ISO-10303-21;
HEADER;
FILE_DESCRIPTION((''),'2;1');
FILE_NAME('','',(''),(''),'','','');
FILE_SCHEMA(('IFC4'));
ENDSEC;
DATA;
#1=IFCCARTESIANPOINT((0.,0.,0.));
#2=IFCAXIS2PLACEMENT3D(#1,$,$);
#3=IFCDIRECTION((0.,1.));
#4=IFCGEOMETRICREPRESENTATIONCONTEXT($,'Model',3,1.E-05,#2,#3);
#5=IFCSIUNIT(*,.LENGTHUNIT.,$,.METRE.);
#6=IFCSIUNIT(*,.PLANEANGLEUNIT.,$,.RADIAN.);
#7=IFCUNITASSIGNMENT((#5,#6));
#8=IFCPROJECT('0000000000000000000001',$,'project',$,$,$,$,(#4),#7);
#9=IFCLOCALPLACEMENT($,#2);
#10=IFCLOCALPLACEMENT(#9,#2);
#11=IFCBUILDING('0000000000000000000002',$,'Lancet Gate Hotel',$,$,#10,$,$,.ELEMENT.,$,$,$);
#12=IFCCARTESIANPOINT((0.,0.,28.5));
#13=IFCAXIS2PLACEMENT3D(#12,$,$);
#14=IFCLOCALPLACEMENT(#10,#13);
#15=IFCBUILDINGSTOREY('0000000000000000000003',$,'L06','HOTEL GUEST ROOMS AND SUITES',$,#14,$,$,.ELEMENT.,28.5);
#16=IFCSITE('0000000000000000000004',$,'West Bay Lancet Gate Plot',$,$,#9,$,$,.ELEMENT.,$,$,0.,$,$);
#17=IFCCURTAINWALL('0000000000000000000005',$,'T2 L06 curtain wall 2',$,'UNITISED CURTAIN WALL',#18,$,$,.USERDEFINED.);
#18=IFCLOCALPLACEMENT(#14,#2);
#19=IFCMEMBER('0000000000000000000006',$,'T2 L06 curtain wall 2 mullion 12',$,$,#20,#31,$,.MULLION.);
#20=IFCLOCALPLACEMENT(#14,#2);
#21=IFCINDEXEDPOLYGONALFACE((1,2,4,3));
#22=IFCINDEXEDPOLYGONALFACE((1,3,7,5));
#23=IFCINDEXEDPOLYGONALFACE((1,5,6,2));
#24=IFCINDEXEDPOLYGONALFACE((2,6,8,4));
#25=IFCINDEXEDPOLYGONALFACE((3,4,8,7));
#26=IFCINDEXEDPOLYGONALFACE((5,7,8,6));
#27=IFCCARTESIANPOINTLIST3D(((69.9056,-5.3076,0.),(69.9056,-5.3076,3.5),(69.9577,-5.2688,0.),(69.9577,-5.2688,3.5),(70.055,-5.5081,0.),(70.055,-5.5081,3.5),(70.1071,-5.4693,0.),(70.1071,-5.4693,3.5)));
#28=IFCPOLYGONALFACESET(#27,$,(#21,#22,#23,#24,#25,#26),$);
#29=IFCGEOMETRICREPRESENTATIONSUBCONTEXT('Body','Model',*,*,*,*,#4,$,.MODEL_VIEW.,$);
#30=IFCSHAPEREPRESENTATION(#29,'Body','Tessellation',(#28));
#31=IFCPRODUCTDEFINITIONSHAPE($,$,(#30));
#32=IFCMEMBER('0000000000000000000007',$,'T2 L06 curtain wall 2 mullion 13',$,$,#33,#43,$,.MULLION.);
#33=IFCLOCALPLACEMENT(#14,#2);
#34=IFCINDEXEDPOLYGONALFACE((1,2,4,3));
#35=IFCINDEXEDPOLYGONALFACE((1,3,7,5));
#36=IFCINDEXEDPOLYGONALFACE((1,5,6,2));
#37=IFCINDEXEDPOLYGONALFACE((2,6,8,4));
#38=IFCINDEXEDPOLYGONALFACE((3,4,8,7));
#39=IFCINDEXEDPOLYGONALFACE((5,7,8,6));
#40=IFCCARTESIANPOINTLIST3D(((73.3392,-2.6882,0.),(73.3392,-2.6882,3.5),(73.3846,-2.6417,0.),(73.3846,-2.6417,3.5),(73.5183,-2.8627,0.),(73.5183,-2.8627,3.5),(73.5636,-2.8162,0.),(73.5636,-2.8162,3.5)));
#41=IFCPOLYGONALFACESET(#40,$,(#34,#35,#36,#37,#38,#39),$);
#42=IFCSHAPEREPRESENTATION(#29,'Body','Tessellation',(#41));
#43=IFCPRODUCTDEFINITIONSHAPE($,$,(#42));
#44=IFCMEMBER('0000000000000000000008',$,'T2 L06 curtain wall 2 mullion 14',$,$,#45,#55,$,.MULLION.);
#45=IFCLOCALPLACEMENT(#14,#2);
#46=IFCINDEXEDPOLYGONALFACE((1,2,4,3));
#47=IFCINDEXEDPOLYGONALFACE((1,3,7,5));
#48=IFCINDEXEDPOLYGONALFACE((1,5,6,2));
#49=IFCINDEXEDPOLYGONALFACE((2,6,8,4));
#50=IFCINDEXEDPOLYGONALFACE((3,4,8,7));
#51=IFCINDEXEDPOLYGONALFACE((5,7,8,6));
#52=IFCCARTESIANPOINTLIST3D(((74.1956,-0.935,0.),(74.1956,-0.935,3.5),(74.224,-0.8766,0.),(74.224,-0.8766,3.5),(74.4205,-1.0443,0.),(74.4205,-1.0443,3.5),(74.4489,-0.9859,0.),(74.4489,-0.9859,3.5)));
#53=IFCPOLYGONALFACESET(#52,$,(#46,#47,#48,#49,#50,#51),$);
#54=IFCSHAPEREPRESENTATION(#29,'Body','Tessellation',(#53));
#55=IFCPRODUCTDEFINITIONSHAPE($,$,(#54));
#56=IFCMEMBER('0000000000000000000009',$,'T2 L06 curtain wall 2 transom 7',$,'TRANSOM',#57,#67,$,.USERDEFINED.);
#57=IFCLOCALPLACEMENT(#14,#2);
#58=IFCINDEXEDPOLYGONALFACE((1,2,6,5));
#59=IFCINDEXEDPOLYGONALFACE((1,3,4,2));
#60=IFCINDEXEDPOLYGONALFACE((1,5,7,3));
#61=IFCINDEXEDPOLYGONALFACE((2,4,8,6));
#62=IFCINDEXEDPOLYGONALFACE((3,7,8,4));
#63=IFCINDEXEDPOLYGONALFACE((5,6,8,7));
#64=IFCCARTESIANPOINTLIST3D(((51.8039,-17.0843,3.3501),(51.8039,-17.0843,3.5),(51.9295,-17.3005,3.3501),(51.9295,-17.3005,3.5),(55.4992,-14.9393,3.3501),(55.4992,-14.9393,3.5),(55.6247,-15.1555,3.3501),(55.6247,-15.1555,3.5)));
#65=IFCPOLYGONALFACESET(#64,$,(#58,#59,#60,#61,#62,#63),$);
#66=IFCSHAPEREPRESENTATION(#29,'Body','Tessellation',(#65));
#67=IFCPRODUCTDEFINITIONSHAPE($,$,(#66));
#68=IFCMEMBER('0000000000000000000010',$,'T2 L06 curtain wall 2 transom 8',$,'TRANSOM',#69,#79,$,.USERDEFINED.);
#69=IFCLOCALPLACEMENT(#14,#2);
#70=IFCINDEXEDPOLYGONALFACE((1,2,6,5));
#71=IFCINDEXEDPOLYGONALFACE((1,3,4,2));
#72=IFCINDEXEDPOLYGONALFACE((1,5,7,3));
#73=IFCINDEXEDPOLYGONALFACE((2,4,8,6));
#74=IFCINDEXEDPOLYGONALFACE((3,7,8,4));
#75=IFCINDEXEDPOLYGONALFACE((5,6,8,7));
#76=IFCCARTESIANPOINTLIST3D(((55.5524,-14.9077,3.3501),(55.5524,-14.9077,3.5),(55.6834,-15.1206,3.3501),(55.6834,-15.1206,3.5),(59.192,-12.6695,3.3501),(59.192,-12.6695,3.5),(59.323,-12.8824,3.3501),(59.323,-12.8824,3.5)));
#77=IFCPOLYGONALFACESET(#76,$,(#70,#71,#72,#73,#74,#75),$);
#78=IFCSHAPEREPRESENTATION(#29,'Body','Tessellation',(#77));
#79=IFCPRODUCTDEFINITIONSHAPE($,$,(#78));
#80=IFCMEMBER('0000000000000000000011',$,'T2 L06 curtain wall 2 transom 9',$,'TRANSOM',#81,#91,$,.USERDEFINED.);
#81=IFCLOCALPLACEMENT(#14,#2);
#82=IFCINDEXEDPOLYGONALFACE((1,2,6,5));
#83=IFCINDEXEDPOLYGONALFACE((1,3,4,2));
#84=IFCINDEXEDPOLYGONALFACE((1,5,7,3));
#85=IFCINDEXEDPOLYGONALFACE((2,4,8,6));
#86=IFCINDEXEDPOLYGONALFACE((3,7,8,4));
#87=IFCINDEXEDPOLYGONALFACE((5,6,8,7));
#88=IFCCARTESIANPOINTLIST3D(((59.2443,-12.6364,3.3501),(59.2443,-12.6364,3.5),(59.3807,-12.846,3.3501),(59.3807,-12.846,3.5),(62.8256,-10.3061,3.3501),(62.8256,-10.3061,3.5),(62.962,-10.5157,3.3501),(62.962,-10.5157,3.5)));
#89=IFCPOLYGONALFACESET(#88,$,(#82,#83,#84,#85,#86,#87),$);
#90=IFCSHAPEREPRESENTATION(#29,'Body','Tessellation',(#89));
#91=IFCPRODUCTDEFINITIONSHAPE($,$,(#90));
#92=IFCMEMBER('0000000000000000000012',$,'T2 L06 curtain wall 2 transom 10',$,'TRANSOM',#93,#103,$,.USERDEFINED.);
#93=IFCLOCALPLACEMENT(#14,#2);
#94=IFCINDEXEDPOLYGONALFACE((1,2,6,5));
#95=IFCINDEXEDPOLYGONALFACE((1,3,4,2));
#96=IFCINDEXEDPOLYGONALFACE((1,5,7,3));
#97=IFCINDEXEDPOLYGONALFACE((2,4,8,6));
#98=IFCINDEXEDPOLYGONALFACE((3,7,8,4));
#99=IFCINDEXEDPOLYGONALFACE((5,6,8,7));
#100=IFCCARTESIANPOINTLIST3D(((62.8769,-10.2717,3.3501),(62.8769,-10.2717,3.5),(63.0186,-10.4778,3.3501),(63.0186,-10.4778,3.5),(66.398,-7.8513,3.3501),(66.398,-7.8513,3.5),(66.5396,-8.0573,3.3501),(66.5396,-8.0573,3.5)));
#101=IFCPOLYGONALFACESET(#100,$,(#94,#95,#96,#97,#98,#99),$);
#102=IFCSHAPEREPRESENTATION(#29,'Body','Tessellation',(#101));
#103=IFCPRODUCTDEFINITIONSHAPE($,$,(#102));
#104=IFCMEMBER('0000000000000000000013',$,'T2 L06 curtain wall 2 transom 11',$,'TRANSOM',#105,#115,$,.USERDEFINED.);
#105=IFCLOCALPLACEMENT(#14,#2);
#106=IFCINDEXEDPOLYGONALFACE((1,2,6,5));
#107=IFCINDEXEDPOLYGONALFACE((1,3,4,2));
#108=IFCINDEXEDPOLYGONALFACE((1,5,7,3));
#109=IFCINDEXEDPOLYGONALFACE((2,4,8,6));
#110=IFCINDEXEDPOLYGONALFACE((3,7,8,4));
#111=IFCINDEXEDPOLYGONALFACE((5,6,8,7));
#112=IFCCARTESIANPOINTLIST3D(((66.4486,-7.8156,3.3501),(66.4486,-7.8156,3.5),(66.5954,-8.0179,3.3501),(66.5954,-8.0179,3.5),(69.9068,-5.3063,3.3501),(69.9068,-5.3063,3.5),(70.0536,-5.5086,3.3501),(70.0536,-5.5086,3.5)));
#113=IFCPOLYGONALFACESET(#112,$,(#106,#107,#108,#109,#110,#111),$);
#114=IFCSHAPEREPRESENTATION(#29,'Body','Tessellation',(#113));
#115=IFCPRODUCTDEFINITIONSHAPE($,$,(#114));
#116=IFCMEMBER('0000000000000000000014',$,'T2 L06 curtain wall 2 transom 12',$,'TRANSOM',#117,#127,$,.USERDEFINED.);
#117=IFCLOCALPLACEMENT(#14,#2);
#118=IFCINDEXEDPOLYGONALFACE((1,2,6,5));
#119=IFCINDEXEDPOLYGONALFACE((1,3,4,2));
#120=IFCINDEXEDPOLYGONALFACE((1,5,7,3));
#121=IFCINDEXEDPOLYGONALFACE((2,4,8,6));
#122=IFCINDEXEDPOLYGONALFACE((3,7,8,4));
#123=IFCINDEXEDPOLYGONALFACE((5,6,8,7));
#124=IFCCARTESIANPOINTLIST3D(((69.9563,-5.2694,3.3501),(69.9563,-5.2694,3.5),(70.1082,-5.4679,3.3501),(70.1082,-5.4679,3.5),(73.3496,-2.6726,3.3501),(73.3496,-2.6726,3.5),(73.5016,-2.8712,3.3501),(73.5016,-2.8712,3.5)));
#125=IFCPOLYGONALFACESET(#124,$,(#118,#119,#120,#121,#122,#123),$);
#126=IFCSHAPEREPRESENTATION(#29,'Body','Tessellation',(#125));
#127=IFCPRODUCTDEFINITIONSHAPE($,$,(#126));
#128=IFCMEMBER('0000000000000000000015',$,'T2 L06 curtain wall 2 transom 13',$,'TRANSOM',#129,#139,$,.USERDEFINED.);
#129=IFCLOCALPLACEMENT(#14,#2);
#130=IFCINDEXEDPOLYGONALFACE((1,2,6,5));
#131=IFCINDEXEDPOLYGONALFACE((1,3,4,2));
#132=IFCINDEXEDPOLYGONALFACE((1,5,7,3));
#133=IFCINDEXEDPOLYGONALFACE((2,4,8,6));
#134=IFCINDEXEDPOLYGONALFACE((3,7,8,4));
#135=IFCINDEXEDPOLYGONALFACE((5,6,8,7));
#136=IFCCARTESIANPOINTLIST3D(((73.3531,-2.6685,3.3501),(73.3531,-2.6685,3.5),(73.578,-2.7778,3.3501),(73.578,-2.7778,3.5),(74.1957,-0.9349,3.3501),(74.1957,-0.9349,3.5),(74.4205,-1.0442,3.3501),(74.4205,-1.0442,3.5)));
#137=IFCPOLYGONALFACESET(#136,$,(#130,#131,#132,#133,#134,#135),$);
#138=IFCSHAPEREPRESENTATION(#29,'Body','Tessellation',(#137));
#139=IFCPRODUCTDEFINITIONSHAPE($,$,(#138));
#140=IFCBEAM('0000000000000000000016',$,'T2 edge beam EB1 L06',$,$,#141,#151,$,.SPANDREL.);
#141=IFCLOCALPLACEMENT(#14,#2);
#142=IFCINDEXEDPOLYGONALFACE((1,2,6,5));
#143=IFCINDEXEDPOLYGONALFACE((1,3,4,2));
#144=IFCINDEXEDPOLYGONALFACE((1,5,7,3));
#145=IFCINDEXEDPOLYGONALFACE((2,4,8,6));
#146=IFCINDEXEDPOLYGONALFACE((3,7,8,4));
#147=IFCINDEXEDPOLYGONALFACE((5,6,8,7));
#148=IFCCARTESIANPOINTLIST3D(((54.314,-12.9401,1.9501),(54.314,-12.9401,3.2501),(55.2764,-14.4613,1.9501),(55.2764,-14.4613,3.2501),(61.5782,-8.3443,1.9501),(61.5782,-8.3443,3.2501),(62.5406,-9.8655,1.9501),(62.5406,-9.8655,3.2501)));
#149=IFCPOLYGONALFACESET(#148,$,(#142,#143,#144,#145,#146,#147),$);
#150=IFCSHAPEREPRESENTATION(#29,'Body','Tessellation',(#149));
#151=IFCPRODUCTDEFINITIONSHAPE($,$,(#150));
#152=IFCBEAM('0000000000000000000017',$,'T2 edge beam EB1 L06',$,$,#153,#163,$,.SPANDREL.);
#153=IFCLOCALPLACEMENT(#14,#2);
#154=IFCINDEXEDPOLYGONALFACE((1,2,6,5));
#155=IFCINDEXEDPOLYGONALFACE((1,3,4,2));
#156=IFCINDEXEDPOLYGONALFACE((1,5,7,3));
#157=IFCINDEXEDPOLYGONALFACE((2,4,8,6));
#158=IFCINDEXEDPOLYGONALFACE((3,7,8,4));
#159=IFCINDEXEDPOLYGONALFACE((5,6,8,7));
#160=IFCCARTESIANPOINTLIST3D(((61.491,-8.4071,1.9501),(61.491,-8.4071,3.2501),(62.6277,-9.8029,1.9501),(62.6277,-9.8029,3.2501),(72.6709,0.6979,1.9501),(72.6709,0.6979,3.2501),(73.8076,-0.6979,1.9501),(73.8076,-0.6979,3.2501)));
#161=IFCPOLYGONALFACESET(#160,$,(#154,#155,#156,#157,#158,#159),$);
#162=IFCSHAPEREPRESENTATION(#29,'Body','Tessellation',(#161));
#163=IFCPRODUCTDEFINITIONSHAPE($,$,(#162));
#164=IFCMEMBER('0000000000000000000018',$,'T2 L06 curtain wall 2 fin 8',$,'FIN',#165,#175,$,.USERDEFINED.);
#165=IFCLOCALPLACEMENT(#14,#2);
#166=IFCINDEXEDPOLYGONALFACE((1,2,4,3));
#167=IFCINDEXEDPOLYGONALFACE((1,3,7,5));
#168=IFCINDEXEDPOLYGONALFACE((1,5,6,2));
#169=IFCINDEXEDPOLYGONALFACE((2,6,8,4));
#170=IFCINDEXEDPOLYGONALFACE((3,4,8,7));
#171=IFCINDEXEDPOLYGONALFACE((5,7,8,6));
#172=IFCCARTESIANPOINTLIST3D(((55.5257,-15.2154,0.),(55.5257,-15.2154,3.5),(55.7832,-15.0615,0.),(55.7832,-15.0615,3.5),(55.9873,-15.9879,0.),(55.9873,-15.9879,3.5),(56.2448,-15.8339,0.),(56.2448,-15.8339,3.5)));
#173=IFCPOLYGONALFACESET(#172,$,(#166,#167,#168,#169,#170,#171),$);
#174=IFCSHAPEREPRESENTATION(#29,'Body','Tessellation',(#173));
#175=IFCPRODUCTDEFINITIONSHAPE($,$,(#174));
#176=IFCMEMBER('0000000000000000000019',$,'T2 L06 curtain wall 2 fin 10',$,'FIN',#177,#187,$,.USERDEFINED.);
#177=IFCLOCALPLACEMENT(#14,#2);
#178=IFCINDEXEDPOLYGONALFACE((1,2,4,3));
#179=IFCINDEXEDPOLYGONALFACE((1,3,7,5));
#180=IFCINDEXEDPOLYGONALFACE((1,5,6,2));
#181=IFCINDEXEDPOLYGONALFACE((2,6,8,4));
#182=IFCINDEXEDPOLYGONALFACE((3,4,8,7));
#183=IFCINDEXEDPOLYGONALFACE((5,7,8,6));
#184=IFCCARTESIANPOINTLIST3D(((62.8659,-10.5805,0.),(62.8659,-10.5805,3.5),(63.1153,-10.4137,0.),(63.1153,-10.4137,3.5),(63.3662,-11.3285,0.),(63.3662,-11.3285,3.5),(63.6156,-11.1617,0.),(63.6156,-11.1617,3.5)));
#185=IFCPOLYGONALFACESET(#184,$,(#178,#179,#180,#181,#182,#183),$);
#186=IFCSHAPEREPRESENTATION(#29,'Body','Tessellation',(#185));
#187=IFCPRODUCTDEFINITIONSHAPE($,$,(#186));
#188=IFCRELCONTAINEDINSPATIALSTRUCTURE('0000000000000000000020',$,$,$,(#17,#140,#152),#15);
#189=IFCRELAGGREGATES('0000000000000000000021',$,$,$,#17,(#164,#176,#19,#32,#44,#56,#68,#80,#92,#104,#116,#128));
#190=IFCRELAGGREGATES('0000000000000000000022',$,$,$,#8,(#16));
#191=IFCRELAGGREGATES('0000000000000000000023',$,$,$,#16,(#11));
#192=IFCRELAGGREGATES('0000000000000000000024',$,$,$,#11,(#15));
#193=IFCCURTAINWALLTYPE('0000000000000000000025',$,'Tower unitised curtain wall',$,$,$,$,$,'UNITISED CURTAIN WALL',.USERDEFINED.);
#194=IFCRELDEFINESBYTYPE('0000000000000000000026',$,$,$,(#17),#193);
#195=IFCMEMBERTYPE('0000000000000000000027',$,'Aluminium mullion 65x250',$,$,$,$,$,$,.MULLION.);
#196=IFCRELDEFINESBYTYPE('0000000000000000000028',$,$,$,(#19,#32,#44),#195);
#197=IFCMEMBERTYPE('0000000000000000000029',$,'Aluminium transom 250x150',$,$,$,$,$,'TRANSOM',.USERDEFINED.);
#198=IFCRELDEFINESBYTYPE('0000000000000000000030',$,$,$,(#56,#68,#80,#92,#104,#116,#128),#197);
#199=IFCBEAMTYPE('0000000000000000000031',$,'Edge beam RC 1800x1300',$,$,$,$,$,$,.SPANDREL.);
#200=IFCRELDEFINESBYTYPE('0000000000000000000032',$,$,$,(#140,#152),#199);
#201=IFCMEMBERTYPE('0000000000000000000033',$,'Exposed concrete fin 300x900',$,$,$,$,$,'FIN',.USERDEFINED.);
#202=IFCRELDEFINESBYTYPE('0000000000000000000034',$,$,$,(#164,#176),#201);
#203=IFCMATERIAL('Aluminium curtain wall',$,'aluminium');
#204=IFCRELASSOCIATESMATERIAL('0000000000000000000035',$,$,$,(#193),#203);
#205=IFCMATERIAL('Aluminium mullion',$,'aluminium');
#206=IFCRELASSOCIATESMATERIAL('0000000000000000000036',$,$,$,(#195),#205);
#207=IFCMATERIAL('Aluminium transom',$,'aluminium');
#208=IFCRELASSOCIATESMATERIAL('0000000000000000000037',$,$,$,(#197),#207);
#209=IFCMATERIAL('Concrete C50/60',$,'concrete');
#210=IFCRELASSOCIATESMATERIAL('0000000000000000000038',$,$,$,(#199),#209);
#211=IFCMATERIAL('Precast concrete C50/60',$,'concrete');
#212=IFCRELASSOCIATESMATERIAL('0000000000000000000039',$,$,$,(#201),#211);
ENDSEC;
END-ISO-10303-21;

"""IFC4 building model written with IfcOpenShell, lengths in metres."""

from ifc_helpers import new_model, si_unit, direction, frame, origin, origin_2d, place, context, subcontext, project, spatial, rectangle, extrude, material, material_profile, profile_set, type_object, element, aggregate, save


model = new_model("IFC4")

# Units and contexts
model_context = context("Model", 3, precision=1e-05, world=origin(), true_north=direction((0.0, 1.0)))
body_context = subcontext(model_context, "Body", "Model", "MODEL_VIEW")
ifc_project = project(units=[si_unit("LENGTHUNIT", "METRE"), si_unit("PLANEANGLEUNIT", "RADIAN")], contexts=[model_context])

# Site, building, storey
site_placement = place(None, origin())
site = spatial("IfcSite", under=ifc_project, at=site_placement, Name="West Bay Lancet Gate Plot", CompositionType="ELEMENT", RefElevation=0.0)
building_placement = place(site_placement, origin())
building = spatial("IfcBuilding", under=site, at=building_placement, Name="Lancet Gate Hotel", CompositionType="ELEMENT")
storey_placement = place(building_placement, frame((0.0, 0.0, 28.5)))
storey = spatial("IfcBuildingStorey", under=building, at=storey_placement, Name="L06", Description="HOTEL GUEST ROOMS AND SUITES", CompositionType="ELEMENT", Elevation=28.5)

# Curtain wall, members
ifc_material_1 = material(Name="Aluminium curtain wall", Category="aluminium")
curtain_wall_type = type_object("IfcCurtainWallType", Name="Tower unitised curtain wall", ElementType="UNITISED CURTAIN WALL", PredefinedType="USERDEFINED", material=ifc_material_1)
curtain_wall_placement = place(storey_placement, origin())
curtain_wall = element("IfcCurtainWall", 1, at=curtain_wall_placement, inside=storey, type_object=curtain_wall_type, Name="T2 L06 curtain wall 2", ObjectType="UNITISED CURTAIN WALL", PredefinedType="USERDEFINED")
ifc_material_2 = material(Name="Aluminium mullion", Category="aluminium")
ifc_material_profile_1 = material_profile(ifc_material_2, rectangle(XDim=0.0649, YDim=0.25, at=origin_2d()), Name="MULLION 65x250")
ifc_profile_set_1 = profile_set([ifc_material_profile_1], Name="Aluminium mullion")
member_type_1 = type_object("IfcMemberType", Name="Aluminium mullion 65x250", PredefinedType="MULLION", material=ifc_profile_set_1)
member_1_placement = place(storey_placement, frame((70.0063, -5.3884, 0.0), z_axis=(0.0, 0.0, 1.0), x_axis=(0.80183, 0.597552, 0.0)))
member_1 = element("IfcMember", 2, at=member_1_placement, type_object=member_type_1, Name="T2 L06 curtain wall 2 mullion 12", PredefinedType="MULLION", context=body_context, shape_type="SweptSolid", body=[
    extrude(rectangle(XDim=0.0649, YDim=0.25, at=origin_2d()), origin(), (0.0, 0.0, 1.0), 3.5),
])
member_2_placement = place(storey_placement, frame((73.4514, -2.7522, 0.0), z_axis=(0.0, 0.0, 1.0), x_axis=(0.697983, 0.716114, 0.0)))
member_2 = element("IfcMember", 3, at=member_2_placement, type_object=member_type_1, Name="T2 L06 curtain wall 2 mullion 13", PredefinedType="MULLION", context=body_context, shape_type="SweptSolid", body=[
    extrude(rectangle(XDim=0.0649, YDim=0.25, at=origin_2d()), origin(), (0.0, 0.0, 1.0), 3.5),
])
member_3_placement = place(storey_placement, frame((74.3223, -0.9604, 0.0), z_axis=(0.0, 0.0, 1.0), x_axis=(0.437169, 0.899379, 0.0)))
member_3 = element("IfcMember", 4, at=member_3_placement, type_object=member_type_1, Name="T2 L06 curtain wall 2 mullion 14", PredefinedType="MULLION", context=body_context, shape_type="SweptSolid", body=[
    extrude(rectangle(XDim=0.0649, YDim=0.25, at=origin_2d()), origin(), (0.0, 0.0, 1.0), 3.5),
])
ifc_material_3 = material(Name="Aluminium transom", Category="aluminium")
ifc_material_profile_2 = material_profile(ifc_material_3, rectangle(XDim=0.25, YDim=0.1499, at=origin_2d()), Name="TRANSOM 250x150")
ifc_profile_set_2 = profile_set([ifc_material_profile_2], Name="Aluminium transom")
member_type_2 = type_object("IfcMemberType", Name="Aluminium transom 250x150", ElementType="TRANSOM", PredefinedType="USERDEFINED", material=ifc_profile_set_2)
member_4_placement = place(storey_placement, frame((51.8667, -17.1924, 3.425), z_axis=(0.864855, 0.502022, 0.0), x_axis=(-0.502022, 0.864855, 0.0)))
member_4 = element("IfcMember", 5, at=member_4_placement, type_object=member_type_2, Name="T2 L06 curtain wall 2 transom 7", ObjectType="TRANSOM", PredefinedType="USERDEFINED", context=body_context, shape_type="SweptSolid", body=[
    extrude(rectangle(XDim=0.25, YDim=0.1499, at=origin_2d()), origin(), (0.0, 0.0, 1.0), 4.2727),
])
member_5_placement = place(storey_placement, frame((55.6179, -15.0142, 3.425), z_axis=(0.851815, 0.523842, 0.0), x_axis=(-0.523842, 0.851815, 0.0)))
member_5 = element("IfcMember", 6, at=member_5_placement, type_object=member_type_2, Name="T2 L06 curtain wall 2 transom 8", ObjectType="TRANSOM", PredefinedType="USERDEFINED", context=body_context, shape_type="SweptSolid", body=[
    extrude(rectangle(XDim=0.25, YDim=0.1499, at=origin_2d()), origin(), (0.0, 0.0, 1.0), 4.2727),
])
member_6_placement = place(storey_placement, frame((59.3125, -12.7412, 3.425), z_axis=(0.838179, 0.545396, 0.0), x_axis=(-0.545396, 0.838179, 0.0)))
member_6 = element("IfcMember", 7, at=member_6_placement, type_object=member_type_2, Name="T2 L06 curtain wall 2 transom 9", ObjectType="TRANSOM", PredefinedType="USERDEFINED", context=body_context, shape_type="SweptSolid", body=[
    extrude(rectangle(XDim=0.25, YDim=0.1499, at=origin_2d()), origin(), (0.0, 0.0, 1.0), 4.2727),
])
member_7_placement = place(storey_placement, frame((62.9478, -10.3748, 3.425), z_axis=(0.824072, 0.566485, 0.0), x_axis=(-0.566485, 0.824072, 0.0)))
member_7 = element("IfcMember", 8, at=member_7_placement, type_object=member_type_2, Name="T2 L06 curtain wall 2 transom 10", ObjectType="TRANSOM", PredefinedType="USERDEFINED", context=body_context, shape_type="SweptSolid", body=[
    extrude(rectangle(XDim=0.25, YDim=0.1499, at=origin_2d()), origin(), (0.0, 0.0, 1.0), 4.2727),
])
member_8_placement = place(storey_placement, frame((66.522, -7.9167, 3.425), z_axis=(0.809383, 0.587281, 0.0), x_axis=(-0.587281, 0.809383, 0.0)))
member_8 = element("IfcMember", 9, at=member_8_placement, type_object=member_type_2, Name="T2 L06 curtain wall 2 transom 11", ObjectType="TRANSOM", PredefinedType="USERDEFINED", context=body_context, shape_type="SweptSolid", body=[
    extrude(rectangle(XDim=0.25, YDim=0.1499, at=origin_2d()), origin(), (0.0, 0.0, 1.0), 4.2727),
])
member_9_placement = place(storey_placement, frame((70.0322, -5.3687, 3.425), z_axis=(0.794155, 0.607715, 0.0), x_axis=(-0.607715, 0.794155, 0.0)))
member_9 = element("IfcMember", 10, at=member_9_placement, type_object=member_type_2, Name="T2 L06 curtain wall 2 transom 12", ObjectType="TRANSOM", PredefinedType="USERDEFINED", context=body_context, shape_type="SweptSolid", body=[
    extrude(rectangle(XDim=0.25, YDim=0.1499, at=origin_2d()), origin(), (0.0, 0.0, 1.0), 4.2729),
])
member_10_placement = place(storey_placement, frame((73.4656, -2.7231, 3.425), z_axis=(0.437103, 0.899411, 0.0), x_axis=(-0.899411, 0.437103, 0.0)))
member_10 = element("IfcMember", 11, at=member_10_placement, type_object=member_type_2, Name="T2 L06 curtain wall 2 transom 13", ObjectType="TRANSOM", PredefinedType="USERDEFINED", context=body_context, shape_type="SweptSolid", body=[
    extrude(rectangle(XDim=0.25, YDim=0.1499, at=origin_2d()), origin(), (0.0, 0.0, 1.0), 1.9275),
])

# Beams
ifc_material_4 = material(Name="Concrete C50/60", Category="concrete")
ifc_material_profile_3 = material_profile(ifc_material_4, rectangle(XDim=1.8, YDim=1.3, at=origin_2d()), Name="RC 1800x1300")
ifc_profile_set_3 = profile_set([ifc_material_profile_3], Name="Concrete C50/60")
beam_type_1 = type_object("IfcBeamType", Name="Edge beam RC 1800x1300", PredefinedType="SPANDREL", material=ifc_profile_set_3)
beam_1_placement = place(storey_placement, frame((54.7952, -13.7007, 2.6001), z_axis=(0.845078, 0.534643, 0.0), x_axis=(-0.534643, 0.845078, 0.0)))
element("IfcBeam", 12, at=beam_1_placement, inside=storey, type_object=beam_type_1, Name="T2 edge beam EB1 L06", PredefinedType="SPANDREL", context=body_context, shape_type="SweptSolid", body=[
    extrude(rectangle(XDim=1.8, YDim=1.3, at=origin_2d()), origin(), (0.0, 0.0, 1.0), 8.5959),
])
beam_2_placement = place(storey_placement, frame((62.0593, -9.105, 2.6001), z_axis=(0.775391, 0.631481, 0.0), x_axis=(-0.631481, 0.775391, 0.0)))
element("IfcBeam", 13, at=beam_2_placement, inside=storey, type_object=beam_type_1, Name="T2 edge beam EB1 L06", PredefinedType="SPANDREL", context=body_context, shape_type="SweptSolid", body=[
    extrude(rectangle(XDim=1.8, YDim=1.3, at=origin_2d()), origin(), (0.0, 0.0, 1.0), 14.4185),
])

# Members
ifc_material_5 = material(Name="Precast concrete C50/60", Category="concrete")
ifc_material_profile_4 = material_profile(ifc_material_5, rectangle(XDim=0.3, YDim=0.8999, at=origin_2d()), Name="FIN 300x900")
ifc_profile_set_4 = profile_set([ifc_material_profile_4], Name="Precast concrete C50/60")
member_type_3 = type_object("IfcMemberType", Name="Exposed concrete fin 300x900", ElementType="FIN", PredefinedType="USERDEFINED", material=ifc_profile_set_4)
member_11_placement = place(storey_placement, frame((55.8853, -15.5247, 0.0), z_axis=(0.0, 0.0, 1.0), x_axis=(0.858413, 0.512959, 0.0)))
member_11 = element("IfcMember", 14, at=member_11_placement, type_object=member_type_3, Name="T2 L06 curtain wall 2 fin 8", ObjectType="FIN", PredefinedType="USERDEFINED", context=body_context, shape_type="SweptSolid", body=[
    extrude(rectangle(XDim=0.3, YDim=0.8999, at=origin_2d()), origin(), (0.0, 0.0, 1.0), 3.5),
])
member_12_placement = place(storey_placement, frame((63.2407, -10.8711, 0.0), z_axis=(0.0, 0.0, 1.0), x_axis=(0.831198, 0.555976, 0.0)))
member_12 = element("IfcMember", 15, at=member_12_placement, type_object=member_type_3, Name="T2 L06 curtain wall 2 fin 10", ObjectType="FIN", PredefinedType="USERDEFINED", context=body_context, shape_type="SweptSolid", body=[
    extrude(rectangle(XDim=0.3, YDim=0.8999, at=origin_2d()), origin(), (0.0, 0.0, 1.0), 3.5),
])

aggregate(curtain_wall, [member_11, member_12, member_1, member_2, member_3, member_4, member_5, member_6, member_7, member_8, member_9, member_10])

save(model, "model.ifc")
